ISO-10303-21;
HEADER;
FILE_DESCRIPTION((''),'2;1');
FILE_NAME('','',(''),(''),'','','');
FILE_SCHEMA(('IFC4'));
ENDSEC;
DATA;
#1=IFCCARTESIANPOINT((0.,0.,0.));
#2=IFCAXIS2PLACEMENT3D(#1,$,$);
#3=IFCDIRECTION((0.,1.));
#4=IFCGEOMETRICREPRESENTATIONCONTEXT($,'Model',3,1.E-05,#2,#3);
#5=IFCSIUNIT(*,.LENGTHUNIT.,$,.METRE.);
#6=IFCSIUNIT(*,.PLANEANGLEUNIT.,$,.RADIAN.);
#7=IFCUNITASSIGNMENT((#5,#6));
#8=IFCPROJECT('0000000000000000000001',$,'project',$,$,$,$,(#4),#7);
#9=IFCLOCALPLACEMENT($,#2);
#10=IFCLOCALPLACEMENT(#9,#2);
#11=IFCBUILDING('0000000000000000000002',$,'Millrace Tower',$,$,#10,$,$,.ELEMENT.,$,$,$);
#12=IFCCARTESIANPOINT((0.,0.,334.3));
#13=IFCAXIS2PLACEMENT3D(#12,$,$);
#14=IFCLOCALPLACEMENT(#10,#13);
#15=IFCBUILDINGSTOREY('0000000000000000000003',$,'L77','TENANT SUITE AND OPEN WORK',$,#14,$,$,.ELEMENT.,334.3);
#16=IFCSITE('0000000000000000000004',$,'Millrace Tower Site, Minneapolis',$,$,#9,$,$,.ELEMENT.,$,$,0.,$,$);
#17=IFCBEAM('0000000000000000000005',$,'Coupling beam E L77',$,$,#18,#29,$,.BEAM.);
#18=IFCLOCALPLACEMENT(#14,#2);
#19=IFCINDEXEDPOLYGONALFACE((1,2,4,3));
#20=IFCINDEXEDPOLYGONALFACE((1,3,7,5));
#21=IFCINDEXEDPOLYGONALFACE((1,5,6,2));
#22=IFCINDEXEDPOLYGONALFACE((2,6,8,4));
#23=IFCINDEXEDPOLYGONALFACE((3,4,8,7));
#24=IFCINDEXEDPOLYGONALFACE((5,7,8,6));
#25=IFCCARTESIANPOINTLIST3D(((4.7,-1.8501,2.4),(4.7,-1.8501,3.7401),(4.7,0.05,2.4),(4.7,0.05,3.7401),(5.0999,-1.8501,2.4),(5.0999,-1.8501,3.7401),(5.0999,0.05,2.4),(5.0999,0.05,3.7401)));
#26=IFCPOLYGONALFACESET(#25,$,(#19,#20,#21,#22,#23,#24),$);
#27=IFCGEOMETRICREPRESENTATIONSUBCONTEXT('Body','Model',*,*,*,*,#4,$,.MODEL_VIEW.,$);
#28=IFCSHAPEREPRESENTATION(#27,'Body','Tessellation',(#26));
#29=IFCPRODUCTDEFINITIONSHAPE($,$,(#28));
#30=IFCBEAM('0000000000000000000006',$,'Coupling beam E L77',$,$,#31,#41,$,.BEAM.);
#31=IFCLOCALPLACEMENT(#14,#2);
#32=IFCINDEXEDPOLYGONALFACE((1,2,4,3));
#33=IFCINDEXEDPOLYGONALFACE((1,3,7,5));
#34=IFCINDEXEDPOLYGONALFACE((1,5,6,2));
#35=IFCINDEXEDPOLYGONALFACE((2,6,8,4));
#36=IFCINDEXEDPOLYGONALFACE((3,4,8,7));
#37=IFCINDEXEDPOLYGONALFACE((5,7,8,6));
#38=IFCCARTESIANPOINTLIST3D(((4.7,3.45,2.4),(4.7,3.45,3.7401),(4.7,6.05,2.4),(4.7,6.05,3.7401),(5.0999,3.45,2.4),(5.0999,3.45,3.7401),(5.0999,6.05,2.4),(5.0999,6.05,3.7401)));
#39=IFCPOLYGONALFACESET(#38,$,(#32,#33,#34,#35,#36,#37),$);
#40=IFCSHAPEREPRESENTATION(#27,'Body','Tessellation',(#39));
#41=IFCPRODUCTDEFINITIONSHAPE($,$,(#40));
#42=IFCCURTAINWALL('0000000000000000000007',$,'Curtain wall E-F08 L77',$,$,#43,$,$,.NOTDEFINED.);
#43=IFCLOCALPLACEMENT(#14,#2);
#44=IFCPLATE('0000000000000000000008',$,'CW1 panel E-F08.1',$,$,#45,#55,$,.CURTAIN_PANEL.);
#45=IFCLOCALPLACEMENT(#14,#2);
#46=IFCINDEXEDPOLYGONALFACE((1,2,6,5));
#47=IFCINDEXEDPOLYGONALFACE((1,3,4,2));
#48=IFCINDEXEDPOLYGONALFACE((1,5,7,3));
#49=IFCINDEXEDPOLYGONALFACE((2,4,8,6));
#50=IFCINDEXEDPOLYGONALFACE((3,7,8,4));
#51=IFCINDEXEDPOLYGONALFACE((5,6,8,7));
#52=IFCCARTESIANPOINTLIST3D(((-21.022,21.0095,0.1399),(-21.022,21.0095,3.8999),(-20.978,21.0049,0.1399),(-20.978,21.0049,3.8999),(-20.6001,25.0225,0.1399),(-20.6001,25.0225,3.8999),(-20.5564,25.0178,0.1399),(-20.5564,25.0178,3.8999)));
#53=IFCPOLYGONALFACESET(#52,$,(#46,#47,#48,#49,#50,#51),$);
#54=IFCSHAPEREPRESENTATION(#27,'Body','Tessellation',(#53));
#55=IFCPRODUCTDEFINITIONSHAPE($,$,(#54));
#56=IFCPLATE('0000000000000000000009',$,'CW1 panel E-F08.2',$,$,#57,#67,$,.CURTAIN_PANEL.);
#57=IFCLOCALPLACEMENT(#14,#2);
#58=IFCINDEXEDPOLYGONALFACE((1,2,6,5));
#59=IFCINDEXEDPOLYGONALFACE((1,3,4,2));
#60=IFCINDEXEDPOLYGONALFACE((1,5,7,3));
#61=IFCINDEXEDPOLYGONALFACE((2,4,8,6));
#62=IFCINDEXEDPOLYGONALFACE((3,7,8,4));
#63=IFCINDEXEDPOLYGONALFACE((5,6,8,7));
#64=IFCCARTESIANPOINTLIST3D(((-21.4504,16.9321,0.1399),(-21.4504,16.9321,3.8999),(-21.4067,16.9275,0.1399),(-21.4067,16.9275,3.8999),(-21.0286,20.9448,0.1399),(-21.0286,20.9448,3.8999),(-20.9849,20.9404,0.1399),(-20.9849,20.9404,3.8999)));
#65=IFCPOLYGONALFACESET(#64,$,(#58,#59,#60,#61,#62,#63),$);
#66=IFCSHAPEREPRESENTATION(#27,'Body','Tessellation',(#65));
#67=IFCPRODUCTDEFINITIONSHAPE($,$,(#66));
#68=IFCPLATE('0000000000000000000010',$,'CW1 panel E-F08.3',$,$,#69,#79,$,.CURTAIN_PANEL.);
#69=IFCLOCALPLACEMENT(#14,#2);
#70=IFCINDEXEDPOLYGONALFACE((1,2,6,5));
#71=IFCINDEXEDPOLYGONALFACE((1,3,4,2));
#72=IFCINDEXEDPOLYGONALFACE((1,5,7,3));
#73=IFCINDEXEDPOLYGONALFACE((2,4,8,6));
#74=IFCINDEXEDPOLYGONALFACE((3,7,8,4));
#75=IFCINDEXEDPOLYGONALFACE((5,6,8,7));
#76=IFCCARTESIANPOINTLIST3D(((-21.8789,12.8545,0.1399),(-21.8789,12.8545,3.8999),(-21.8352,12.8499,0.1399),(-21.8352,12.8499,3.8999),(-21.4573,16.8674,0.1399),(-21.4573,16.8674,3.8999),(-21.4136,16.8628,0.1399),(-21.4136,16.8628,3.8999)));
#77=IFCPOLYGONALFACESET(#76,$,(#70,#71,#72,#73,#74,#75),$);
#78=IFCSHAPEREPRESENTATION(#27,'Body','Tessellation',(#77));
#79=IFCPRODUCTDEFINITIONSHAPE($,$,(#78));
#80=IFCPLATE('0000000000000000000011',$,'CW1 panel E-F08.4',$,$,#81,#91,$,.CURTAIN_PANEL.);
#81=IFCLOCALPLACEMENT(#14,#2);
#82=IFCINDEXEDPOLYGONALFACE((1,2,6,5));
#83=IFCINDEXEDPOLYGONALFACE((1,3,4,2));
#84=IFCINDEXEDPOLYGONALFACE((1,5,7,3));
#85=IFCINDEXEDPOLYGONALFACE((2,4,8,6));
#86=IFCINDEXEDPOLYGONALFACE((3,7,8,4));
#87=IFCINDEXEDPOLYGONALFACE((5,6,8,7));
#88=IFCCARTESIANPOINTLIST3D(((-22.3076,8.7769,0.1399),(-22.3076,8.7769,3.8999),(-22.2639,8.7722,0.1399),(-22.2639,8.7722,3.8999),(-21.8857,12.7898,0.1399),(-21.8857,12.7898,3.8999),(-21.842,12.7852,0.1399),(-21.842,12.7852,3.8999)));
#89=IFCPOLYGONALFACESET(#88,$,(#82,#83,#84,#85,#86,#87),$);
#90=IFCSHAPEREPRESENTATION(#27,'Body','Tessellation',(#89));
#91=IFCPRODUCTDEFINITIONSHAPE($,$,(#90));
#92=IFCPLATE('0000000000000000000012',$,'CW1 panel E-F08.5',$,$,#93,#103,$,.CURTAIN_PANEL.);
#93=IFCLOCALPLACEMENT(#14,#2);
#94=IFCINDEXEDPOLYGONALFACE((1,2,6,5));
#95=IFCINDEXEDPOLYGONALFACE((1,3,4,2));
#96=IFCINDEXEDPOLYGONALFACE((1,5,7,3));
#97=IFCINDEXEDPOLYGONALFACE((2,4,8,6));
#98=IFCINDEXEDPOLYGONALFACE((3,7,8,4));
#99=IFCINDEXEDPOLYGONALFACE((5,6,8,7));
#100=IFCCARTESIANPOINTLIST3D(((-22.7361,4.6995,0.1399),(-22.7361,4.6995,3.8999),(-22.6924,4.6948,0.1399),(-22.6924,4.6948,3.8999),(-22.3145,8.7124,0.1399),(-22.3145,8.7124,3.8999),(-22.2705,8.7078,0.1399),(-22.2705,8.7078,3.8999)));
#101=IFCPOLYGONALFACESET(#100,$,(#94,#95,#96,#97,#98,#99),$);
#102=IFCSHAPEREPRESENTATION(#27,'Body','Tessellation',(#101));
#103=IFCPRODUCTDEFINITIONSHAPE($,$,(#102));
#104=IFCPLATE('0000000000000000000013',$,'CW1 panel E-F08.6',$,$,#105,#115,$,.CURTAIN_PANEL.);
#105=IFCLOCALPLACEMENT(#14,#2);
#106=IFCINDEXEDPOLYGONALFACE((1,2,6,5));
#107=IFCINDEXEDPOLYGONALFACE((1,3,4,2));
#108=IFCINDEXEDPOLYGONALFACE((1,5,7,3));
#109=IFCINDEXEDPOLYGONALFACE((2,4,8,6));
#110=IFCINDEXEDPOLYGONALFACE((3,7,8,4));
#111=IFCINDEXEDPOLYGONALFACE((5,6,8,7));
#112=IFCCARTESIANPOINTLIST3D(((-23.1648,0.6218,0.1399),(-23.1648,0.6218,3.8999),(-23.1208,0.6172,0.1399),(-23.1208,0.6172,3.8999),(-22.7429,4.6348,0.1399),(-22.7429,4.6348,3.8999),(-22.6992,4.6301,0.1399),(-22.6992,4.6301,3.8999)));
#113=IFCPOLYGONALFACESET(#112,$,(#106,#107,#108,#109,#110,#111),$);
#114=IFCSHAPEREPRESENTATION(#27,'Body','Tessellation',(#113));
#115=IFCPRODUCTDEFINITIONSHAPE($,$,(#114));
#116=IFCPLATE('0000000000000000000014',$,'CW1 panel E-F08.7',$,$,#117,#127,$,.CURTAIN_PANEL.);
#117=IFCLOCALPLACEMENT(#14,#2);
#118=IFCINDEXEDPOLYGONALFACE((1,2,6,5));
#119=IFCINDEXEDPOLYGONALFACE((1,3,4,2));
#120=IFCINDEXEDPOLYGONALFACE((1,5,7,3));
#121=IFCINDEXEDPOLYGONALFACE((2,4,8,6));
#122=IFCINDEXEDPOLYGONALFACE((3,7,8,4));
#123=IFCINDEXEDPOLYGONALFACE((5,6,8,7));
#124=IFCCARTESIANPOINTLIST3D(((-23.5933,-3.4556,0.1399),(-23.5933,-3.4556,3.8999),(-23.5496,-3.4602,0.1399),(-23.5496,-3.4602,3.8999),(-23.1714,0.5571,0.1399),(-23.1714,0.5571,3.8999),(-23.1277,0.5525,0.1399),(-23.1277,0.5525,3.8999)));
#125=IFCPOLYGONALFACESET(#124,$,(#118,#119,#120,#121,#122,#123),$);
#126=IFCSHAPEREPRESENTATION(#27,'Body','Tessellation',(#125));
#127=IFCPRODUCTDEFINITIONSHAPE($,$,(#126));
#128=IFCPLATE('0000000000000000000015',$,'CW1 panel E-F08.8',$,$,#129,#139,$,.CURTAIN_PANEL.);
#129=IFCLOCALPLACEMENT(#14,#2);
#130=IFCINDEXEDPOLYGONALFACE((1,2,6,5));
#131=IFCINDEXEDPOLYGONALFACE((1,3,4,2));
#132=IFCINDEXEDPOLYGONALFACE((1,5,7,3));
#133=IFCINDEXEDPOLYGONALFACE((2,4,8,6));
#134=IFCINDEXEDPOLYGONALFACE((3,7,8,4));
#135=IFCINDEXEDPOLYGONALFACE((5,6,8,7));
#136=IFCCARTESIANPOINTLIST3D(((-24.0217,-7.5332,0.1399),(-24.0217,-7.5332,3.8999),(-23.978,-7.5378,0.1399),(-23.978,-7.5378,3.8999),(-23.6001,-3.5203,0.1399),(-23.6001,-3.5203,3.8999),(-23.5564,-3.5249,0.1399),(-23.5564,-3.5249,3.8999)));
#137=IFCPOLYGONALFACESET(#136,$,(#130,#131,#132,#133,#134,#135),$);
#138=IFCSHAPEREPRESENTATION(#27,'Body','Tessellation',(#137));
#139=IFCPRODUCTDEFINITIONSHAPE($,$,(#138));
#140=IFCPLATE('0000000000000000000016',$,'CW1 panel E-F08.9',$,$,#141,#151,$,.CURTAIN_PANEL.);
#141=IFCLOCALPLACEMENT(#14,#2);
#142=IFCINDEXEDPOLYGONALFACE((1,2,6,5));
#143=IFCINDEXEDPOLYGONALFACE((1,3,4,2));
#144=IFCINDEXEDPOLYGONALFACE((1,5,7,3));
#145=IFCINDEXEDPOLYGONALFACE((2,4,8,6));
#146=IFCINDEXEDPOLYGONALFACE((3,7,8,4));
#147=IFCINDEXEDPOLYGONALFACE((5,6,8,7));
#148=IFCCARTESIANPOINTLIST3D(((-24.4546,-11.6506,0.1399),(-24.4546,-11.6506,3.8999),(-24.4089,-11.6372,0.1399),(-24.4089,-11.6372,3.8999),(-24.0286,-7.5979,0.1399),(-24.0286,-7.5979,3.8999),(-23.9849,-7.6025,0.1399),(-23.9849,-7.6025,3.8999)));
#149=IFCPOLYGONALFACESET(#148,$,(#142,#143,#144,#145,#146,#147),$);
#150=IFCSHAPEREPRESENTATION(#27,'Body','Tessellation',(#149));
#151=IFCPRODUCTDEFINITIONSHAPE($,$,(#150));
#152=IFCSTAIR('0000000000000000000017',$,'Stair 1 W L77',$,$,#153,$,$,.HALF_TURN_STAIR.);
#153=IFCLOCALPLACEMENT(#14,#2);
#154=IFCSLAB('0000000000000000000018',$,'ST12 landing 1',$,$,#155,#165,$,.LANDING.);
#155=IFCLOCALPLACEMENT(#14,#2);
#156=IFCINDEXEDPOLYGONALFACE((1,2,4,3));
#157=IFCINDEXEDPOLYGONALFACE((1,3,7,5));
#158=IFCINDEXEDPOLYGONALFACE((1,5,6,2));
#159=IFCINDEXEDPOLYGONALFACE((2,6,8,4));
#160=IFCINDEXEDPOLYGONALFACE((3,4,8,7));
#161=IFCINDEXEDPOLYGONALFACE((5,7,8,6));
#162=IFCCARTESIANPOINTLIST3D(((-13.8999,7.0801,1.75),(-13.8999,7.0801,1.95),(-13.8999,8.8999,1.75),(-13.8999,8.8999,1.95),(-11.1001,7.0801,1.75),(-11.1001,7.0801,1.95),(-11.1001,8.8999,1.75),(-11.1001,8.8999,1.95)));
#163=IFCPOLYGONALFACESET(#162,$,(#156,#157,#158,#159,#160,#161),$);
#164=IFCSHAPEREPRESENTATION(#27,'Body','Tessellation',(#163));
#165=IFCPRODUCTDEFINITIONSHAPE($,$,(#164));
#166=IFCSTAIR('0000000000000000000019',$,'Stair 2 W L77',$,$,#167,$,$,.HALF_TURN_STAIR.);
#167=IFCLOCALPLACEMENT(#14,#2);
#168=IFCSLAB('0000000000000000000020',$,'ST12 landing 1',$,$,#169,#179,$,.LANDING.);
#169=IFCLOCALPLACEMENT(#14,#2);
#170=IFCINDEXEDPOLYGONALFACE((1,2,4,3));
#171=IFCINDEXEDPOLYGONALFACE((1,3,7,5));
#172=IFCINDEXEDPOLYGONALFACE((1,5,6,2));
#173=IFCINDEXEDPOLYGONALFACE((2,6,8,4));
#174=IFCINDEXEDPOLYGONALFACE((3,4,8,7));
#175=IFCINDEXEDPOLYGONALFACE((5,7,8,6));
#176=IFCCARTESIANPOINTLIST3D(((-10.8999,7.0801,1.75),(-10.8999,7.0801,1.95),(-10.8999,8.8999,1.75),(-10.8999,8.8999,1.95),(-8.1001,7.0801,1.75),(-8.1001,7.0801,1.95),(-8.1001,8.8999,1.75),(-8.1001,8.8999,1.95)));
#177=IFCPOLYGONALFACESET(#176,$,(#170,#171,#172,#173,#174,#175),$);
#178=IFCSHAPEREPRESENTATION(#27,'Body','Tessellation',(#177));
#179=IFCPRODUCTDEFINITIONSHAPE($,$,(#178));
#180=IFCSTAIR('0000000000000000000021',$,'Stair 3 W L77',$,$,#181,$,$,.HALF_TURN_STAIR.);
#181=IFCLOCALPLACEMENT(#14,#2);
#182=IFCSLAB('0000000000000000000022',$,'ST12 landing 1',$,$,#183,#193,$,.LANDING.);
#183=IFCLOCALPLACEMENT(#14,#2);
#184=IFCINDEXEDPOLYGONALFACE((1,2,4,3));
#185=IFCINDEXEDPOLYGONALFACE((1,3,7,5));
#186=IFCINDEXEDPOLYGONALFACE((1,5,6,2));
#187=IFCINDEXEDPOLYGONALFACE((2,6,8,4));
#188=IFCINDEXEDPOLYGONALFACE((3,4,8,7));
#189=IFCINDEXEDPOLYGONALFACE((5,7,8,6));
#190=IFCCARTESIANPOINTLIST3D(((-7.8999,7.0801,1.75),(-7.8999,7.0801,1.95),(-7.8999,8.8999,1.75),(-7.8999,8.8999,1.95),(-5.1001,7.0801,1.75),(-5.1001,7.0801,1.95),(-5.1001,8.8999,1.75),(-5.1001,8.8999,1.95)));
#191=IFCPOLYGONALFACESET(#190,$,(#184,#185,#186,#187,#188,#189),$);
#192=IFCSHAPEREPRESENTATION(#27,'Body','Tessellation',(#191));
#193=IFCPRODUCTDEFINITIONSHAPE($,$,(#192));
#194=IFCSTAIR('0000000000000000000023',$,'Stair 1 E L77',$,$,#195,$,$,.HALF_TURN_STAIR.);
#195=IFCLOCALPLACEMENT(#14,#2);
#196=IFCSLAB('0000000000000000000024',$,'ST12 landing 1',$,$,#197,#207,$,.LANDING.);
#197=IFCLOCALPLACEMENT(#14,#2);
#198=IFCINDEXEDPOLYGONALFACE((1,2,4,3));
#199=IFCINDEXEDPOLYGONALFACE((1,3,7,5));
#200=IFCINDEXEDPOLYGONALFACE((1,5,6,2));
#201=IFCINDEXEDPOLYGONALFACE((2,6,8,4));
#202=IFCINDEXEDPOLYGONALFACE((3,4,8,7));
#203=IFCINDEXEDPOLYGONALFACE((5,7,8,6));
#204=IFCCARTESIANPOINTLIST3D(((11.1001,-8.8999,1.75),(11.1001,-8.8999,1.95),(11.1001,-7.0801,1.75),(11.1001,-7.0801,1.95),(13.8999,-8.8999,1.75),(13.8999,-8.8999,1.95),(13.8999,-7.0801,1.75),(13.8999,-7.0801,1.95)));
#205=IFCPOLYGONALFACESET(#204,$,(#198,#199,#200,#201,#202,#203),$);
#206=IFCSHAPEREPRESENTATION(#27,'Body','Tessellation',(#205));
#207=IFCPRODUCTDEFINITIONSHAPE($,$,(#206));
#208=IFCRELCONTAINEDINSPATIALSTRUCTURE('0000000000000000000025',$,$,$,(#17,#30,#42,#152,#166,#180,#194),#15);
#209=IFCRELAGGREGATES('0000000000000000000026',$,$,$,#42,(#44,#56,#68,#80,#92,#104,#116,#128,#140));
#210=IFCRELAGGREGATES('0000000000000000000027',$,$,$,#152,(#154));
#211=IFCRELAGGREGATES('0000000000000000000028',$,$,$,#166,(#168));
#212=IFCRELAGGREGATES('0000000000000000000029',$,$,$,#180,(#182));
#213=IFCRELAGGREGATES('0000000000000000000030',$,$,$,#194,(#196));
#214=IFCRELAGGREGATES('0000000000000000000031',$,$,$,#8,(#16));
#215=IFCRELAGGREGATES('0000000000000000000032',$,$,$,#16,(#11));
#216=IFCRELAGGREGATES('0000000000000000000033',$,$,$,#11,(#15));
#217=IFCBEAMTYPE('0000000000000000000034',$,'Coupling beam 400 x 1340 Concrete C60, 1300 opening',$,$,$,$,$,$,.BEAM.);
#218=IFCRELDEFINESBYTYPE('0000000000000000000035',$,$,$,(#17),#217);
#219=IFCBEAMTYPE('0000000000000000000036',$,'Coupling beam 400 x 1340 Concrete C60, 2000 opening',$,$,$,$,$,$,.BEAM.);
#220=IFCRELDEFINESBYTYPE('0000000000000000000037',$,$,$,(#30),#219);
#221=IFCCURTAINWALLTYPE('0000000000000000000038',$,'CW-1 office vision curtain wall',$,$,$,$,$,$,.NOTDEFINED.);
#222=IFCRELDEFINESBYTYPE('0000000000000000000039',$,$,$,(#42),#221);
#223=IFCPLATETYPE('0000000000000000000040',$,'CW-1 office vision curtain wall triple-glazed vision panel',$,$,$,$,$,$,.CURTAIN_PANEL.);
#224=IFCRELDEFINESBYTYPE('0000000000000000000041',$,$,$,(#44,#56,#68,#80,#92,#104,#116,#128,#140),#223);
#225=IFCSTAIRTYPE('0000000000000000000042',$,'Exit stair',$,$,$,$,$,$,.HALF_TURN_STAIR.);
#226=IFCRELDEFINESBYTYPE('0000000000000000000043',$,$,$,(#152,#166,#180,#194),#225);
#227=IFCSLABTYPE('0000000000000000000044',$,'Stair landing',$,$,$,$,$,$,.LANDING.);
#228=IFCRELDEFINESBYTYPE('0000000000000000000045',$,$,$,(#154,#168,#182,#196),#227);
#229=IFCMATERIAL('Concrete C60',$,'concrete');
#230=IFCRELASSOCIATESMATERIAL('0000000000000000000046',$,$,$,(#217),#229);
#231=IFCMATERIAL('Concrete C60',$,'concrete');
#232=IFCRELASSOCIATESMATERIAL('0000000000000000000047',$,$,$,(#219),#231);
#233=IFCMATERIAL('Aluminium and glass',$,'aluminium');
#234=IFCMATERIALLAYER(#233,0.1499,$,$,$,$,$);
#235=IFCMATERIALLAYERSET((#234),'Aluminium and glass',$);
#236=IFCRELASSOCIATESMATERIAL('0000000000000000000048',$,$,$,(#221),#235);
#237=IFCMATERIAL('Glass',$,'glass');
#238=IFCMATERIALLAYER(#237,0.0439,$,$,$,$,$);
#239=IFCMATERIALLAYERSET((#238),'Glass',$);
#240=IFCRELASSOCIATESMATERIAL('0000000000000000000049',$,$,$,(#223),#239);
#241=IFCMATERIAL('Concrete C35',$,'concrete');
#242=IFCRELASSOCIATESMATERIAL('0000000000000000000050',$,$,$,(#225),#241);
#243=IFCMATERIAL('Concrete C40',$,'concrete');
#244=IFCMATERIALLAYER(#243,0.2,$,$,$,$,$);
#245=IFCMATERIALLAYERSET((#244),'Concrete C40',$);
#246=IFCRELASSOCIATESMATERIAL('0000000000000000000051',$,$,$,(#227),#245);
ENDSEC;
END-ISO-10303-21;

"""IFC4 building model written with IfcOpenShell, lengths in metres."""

from ifc_helpers import new_model, si_unit, direction, frame, origin, origin_2d, place, context, subcontext, project, spatial, polyline, rectangle, outline, extrude, material, layer, layer_set, material_profile, profile_set, type_object, element, aggregate, save


model = new_model("IFC4")

# Units and contexts
model_context = context("Model", 3, precision=1e-05, world=origin(), true_north=direction((0.0, 1.0)))
body_context = subcontext(model_context, "Body", "Model", "MODEL_VIEW")
ifc_project = project(units=[si_unit("LENGTHUNIT", "METRE"), si_unit("PLANEANGLEUNIT", "RADIAN")], contexts=[model_context])

# Site, building, storey
site_placement = place(None, origin())
site = spatial("IfcSite", under=ifc_project, at=site_placement, Name="Millrace Tower Site, Minneapolis", CompositionType="ELEMENT", RefElevation=0.0)
building_placement = place(site_placement, origin())
building = spatial("IfcBuilding", under=site, at=building_placement, Name="Millrace Tower", CompositionType="ELEMENT")
storey_placement = place(building_placement, frame((0.0, 0.0, 334.3)))
storey = spatial("IfcBuildingStorey", under=building, at=storey_placement, Name="L77", Description="TENANT SUITE AND OPEN WORK", CompositionType="ELEMENT", Elevation=334.3)

# Beams
ifc_material_1 = material(Name="Concrete C60", Category="concrete")
ifc_material_profile_1 = material_profile(ifc_material_1, rectangle(XDim=0.3999, YDim=1.3401, at=origin_2d()))
ifc_profile_set_1 = profile_set([ifc_material_profile_1], Name="Concrete C60")
beam_type_1 = type_object("IfcBeamType", Name="Coupling beam 400 x 1340 Concrete C60, 1300 opening", PredefinedType="BEAM", material=ifc_profile_set_1)
beam_1_placement = place(storey_placement, frame((4.8999, 0.05, 3.0701), z_axis=(0.0, -1.0, 0.0), x_axis=(1.0, 0.0, 0.0)))
element("IfcBeam", 1, at=beam_1_placement, inside=storey, type_object=beam_type_1, Name="Coupling beam E L77", PredefinedType="BEAM", context=body_context, shape_type="SweptSolid", body=[
    extrude(rectangle(XDim=0.3999, YDim=1.3401, at=origin_2d()), origin(), (0.0, 0.0, 1.0), 1.9001),
])
ifc_material_2 = material(Name="Concrete C60", Category="concrete")
ifc_material_profile_2 = material_profile(ifc_material_2, rectangle(XDim=0.3999, YDim=1.3401, at=origin_2d()))
ifc_profile_set_2 = profile_set([ifc_material_profile_2], Name="Concrete C60")
beam_type_2 = type_object("IfcBeamType", Name="Coupling beam 400 x 1340 Concrete C60, 2000 opening", PredefinedType="BEAM", material=ifc_profile_set_2)
beam_2_placement = place(storey_placement, frame((4.8999, 6.05, 3.0701), z_axis=(0.0, -1.0, 0.0), x_axis=(1.0, 0.0, 0.0)))
element("IfcBeam", 2, at=beam_2_placement, inside=storey, type_object=beam_type_2, Name="Coupling beam E L77", PredefinedType="BEAM", context=body_context, shape_type="SweptSolid", body=[
    extrude(rectangle(XDim=0.3999, YDim=1.3401, at=origin_2d()), origin(), (0.0, 0.0, 1.0), 2.6001),
])

# Curtain wall, plates
ifc_material_3 = material(Name="Aluminium and glass", Category="aluminium")
ifc_layer_1 = layer(ifc_material_3, 0.1499)
ifc_layer_set_1 = layer_set([ifc_layer_1], Name="Aluminium and glass")
curtain_wall_type = type_object("IfcCurtainWallType", Name="CW-1 office vision curtain wall", PredefinedType="NOTDEFINED", material=ifc_layer_set_1)
placement_1 = place(storey_placement, origin())
curtain_wall = element("IfcCurtainWall", 3, at=placement_1, inside=storey, type_object=curtain_wall_type, Name="Curtain wall E-F08 L77", PredefinedType="NOTDEFINED")
ifc_material_4 = material(Name="Glass", Category="glass")
ifc_layer_2 = layer(ifc_material_4, 0.0439)
ifc_layer_set_2 = layer_set([ifc_layer_2], Name="Glass")
plate_type = type_object("IfcPlateType", Name="CW-1 office vision curtain wall triple-glazed vision panel", PredefinedType="CURTAIN_PANEL", material=ifc_layer_set_2)
placement_2 = place(storey_placement, frame((0.0, 0.0, 0.1399)))
plate_1 = element("IfcPlate", 4, at=placement_2, type_object=plate_type, Name="CW1 panel E-F08.1", PredefinedType="CURTAIN_PANEL", context=body_context, shape_type="SweptSolid", body=[
    extrude(outline(polyline([(-20.6001, 25.0225), (-21.022, 21.0095), (-20.978, 21.0049), (-20.5564, 25.0178), (-20.6001, 25.0225)])), origin(), (0.0, 0.0, 1.0), 3.76),
])
plate_2 = element("IfcPlate", 5, at=placement_2, type_object=plate_type, Name="CW1 panel E-F08.2", PredefinedType="CURTAIN_PANEL", context=body_context, shape_type="SweptSolid", body=[
    extrude(outline(polyline([(-21.0286, 20.9448), (-21.4504, 16.9321), (-21.4067, 16.9275), (-20.9849, 20.9404), (-21.0286, 20.9448)])), origin(), (0.0, 0.0, 1.0), 3.76),
])
plate_3 = element("IfcPlate", 6, at=placement_2, type_object=plate_type, Name="CW1 panel E-F08.3", PredefinedType="CURTAIN_PANEL", context=body_context, shape_type="SweptSolid", body=[
    extrude(outline(polyline([(-21.4573, 16.8674), (-21.8789, 12.8545), (-21.8352, 12.8499), (-21.4136, 16.8628), (-21.4573, 16.8674)])), origin(), (0.0, 0.0, 1.0), 3.76),
])
plate_4 = element("IfcPlate", 7, at=placement_2, type_object=plate_type, Name="CW1 panel E-F08.4", PredefinedType="CURTAIN_PANEL", context=body_context, shape_type="SweptSolid", body=[
    extrude(outline(polyline([(-21.8857, 12.7898), (-22.3076, 8.7769), (-22.2639, 8.7722), (-21.842, 12.7852), (-21.8857, 12.7898)])), origin(), (0.0, 0.0, 1.0), 3.76),
])
plate_5 = element("IfcPlate", 8, at=placement_2, type_object=plate_type, Name="CW1 panel E-F08.5", PredefinedType="CURTAIN_PANEL", context=body_context, shape_type="SweptSolid", body=[
    extrude(outline(polyline([(-22.3145, 8.7124), (-22.7361, 4.6995), (-22.6924, 4.6948), (-22.2705, 8.7078), (-22.3145, 8.7124)])), origin(), (0.0, 0.0, 1.0), 3.76),
])
plate_6 = element("IfcPlate", 9, at=placement_2, type_object=plate_type, Name="CW1 panel E-F08.6", PredefinedType="CURTAIN_PANEL", context=body_context, shape_type="SweptSolid", body=[
    extrude(outline(polyline([(-22.7429, 4.6348), (-23.1648, 0.6218), (-23.1208, 0.6172), (-22.6992, 4.6301), (-22.7429, 4.6348)])), origin(), (0.0, 0.0, 1.0), 3.76),
])
plate_7 = element("IfcPlate", 10, at=placement_2, type_object=plate_type, Name="CW1 panel E-F08.7", PredefinedType="CURTAIN_PANEL", context=body_context, shape_type="SweptSolid", body=[
    extrude(outline(polyline([(-23.1714, 0.5571), (-23.5933, -3.4556), (-23.5496, -3.4602), (-23.1277, 0.5525), (-23.1714, 0.5571)])), origin(), (0.0, 0.0, 1.0), 3.76),
])
plate_8 = element("IfcPlate", 11, at=placement_2, type_object=plate_type, Name="CW1 panel E-F08.8", PredefinedType="CURTAIN_PANEL", context=body_context, shape_type="SweptSolid", body=[
    extrude(outline(polyline([(-23.6001, -3.5203), (-24.0217, -7.5332), (-23.978, -7.5378), (-23.5564, -3.5249), (-23.6001, -3.5203)])), origin(), (0.0, 0.0, 1.0), 3.76),
])
plate_9 = element("IfcPlate", 12, at=placement_2, type_object=plate_type, Name="CW1 panel E-F08.9", PredefinedType="CURTAIN_PANEL", context=body_context, shape_type="SweptSolid", body=[
    extrude(outline(polyline([(-24.0286, -7.5979), (-24.4546, -11.6506), (-24.4089, -11.6372), (-23.9849, -7.6025), (-24.0286, -7.5979)])), origin(), (0.0, 0.0, 1.0), 3.76),
])
aggregate(curtain_wall, [plate_1, plate_2, plate_3, plate_4, plate_5, plate_6, plate_7, plate_8, plate_9])

# Stairs, slabs
ifc_material_5 = material(Name="Concrete C35", Category="concrete")
stair_type = type_object("IfcStairType", Name="Exit stair", PredefinedType="HALF_TURN_STAIR", material=ifc_material_5)
stair_1 = element("IfcStair", 13, at=placement_1, inside=storey, type_object=stair_type, Name="Stair 1 W L77", PredefinedType="HALF_TURN_STAIR")
ifc_material_6 = material(Name="Concrete C40", Category="concrete")
ifc_layer_3 = layer(ifc_material_6, 0.2)
ifc_layer_set_3 = layer_set([ifc_layer_3], Name="Concrete C40")
slab_type = type_object("IfcSlabType", Name="Stair landing", PredefinedType="LANDING", material=ifc_layer_set_3)
placement_3 = place(storey_placement, frame((0.0, 0.0, 1.75)))
slab_1 = element("IfcSlab", 14, at=placement_3, type_object=slab_type, Name="ST12 landing 1", PredefinedType="LANDING", context=body_context, shape_type="SweptSolid", body=[
    extrude(outline(polyline([(-13.8999, 7.0801), (-11.1001, 7.0801), (-11.1001, 8.8999), (-13.8999, 8.8999), (-13.8999, 7.0801)])), origin(), (0.0, 0.0, 1.0), 0.2),
])
aggregate(stair_1, [slab_1])
stair_2 = element("IfcStair", 15, at=placement_1, inside=storey, type_object=stair_type, Name="Stair 2 W L77", PredefinedType="HALF_TURN_STAIR")
slab_2 = element("IfcSlab", 16, at=placement_3, type_object=slab_type, Name="ST12 landing 1", PredefinedType="LANDING", context=body_context, shape_type="SweptSolid", body=[
    extrude(outline(polyline([(-10.8999, 7.0801), (-8.1001, 7.0801), (-8.1001, 8.8999), (-10.8999, 8.8999), (-10.8999, 7.0801)])), origin(), (0.0, 0.0, 1.0), 0.2),
])
aggregate(stair_2, [slab_2])
stair_3 = element("IfcStair", 17, at=placement_1, inside=storey, type_object=stair_type, Name="Stair 3 W L77", PredefinedType="HALF_TURN_STAIR")
slab_3 = element("IfcSlab", 18, at=placement_3, type_object=slab_type, Name="ST12 landing 1", PredefinedType="LANDING", context=body_context, shape_type="SweptSolid", body=[
    extrude(outline(polyline([(-7.8999, 7.0801), (-5.1001, 7.0801), (-5.1001, 8.8999), (-7.8999, 8.8999), (-7.8999, 7.0801)])), origin(), (0.0, 0.0, 1.0), 0.2),
])
aggregate(stair_3, [slab_3])
stair_4 = element("IfcStair", 19, at=placement_1, inside=storey, type_object=stair_type, Name="Stair 1 E L77", PredefinedType="HALF_TURN_STAIR")
slab_4 = element("IfcSlab", 20, at=placement_3, type_object=slab_type, Name="ST12 landing 1", PredefinedType="LANDING", context=body_context, shape_type="SweptSolid", body=[
    extrude(outline(polyline([(11.1001, -8.8999), (13.8999, -8.8999), (13.8999, -7.0801), (11.1001, -7.0801), (11.1001, -8.8999)])), origin(), (0.0, 0.0, 1.0), 0.2),
])
aggregate(stair_4, [slab_4])

save(model, "model.ifc")
